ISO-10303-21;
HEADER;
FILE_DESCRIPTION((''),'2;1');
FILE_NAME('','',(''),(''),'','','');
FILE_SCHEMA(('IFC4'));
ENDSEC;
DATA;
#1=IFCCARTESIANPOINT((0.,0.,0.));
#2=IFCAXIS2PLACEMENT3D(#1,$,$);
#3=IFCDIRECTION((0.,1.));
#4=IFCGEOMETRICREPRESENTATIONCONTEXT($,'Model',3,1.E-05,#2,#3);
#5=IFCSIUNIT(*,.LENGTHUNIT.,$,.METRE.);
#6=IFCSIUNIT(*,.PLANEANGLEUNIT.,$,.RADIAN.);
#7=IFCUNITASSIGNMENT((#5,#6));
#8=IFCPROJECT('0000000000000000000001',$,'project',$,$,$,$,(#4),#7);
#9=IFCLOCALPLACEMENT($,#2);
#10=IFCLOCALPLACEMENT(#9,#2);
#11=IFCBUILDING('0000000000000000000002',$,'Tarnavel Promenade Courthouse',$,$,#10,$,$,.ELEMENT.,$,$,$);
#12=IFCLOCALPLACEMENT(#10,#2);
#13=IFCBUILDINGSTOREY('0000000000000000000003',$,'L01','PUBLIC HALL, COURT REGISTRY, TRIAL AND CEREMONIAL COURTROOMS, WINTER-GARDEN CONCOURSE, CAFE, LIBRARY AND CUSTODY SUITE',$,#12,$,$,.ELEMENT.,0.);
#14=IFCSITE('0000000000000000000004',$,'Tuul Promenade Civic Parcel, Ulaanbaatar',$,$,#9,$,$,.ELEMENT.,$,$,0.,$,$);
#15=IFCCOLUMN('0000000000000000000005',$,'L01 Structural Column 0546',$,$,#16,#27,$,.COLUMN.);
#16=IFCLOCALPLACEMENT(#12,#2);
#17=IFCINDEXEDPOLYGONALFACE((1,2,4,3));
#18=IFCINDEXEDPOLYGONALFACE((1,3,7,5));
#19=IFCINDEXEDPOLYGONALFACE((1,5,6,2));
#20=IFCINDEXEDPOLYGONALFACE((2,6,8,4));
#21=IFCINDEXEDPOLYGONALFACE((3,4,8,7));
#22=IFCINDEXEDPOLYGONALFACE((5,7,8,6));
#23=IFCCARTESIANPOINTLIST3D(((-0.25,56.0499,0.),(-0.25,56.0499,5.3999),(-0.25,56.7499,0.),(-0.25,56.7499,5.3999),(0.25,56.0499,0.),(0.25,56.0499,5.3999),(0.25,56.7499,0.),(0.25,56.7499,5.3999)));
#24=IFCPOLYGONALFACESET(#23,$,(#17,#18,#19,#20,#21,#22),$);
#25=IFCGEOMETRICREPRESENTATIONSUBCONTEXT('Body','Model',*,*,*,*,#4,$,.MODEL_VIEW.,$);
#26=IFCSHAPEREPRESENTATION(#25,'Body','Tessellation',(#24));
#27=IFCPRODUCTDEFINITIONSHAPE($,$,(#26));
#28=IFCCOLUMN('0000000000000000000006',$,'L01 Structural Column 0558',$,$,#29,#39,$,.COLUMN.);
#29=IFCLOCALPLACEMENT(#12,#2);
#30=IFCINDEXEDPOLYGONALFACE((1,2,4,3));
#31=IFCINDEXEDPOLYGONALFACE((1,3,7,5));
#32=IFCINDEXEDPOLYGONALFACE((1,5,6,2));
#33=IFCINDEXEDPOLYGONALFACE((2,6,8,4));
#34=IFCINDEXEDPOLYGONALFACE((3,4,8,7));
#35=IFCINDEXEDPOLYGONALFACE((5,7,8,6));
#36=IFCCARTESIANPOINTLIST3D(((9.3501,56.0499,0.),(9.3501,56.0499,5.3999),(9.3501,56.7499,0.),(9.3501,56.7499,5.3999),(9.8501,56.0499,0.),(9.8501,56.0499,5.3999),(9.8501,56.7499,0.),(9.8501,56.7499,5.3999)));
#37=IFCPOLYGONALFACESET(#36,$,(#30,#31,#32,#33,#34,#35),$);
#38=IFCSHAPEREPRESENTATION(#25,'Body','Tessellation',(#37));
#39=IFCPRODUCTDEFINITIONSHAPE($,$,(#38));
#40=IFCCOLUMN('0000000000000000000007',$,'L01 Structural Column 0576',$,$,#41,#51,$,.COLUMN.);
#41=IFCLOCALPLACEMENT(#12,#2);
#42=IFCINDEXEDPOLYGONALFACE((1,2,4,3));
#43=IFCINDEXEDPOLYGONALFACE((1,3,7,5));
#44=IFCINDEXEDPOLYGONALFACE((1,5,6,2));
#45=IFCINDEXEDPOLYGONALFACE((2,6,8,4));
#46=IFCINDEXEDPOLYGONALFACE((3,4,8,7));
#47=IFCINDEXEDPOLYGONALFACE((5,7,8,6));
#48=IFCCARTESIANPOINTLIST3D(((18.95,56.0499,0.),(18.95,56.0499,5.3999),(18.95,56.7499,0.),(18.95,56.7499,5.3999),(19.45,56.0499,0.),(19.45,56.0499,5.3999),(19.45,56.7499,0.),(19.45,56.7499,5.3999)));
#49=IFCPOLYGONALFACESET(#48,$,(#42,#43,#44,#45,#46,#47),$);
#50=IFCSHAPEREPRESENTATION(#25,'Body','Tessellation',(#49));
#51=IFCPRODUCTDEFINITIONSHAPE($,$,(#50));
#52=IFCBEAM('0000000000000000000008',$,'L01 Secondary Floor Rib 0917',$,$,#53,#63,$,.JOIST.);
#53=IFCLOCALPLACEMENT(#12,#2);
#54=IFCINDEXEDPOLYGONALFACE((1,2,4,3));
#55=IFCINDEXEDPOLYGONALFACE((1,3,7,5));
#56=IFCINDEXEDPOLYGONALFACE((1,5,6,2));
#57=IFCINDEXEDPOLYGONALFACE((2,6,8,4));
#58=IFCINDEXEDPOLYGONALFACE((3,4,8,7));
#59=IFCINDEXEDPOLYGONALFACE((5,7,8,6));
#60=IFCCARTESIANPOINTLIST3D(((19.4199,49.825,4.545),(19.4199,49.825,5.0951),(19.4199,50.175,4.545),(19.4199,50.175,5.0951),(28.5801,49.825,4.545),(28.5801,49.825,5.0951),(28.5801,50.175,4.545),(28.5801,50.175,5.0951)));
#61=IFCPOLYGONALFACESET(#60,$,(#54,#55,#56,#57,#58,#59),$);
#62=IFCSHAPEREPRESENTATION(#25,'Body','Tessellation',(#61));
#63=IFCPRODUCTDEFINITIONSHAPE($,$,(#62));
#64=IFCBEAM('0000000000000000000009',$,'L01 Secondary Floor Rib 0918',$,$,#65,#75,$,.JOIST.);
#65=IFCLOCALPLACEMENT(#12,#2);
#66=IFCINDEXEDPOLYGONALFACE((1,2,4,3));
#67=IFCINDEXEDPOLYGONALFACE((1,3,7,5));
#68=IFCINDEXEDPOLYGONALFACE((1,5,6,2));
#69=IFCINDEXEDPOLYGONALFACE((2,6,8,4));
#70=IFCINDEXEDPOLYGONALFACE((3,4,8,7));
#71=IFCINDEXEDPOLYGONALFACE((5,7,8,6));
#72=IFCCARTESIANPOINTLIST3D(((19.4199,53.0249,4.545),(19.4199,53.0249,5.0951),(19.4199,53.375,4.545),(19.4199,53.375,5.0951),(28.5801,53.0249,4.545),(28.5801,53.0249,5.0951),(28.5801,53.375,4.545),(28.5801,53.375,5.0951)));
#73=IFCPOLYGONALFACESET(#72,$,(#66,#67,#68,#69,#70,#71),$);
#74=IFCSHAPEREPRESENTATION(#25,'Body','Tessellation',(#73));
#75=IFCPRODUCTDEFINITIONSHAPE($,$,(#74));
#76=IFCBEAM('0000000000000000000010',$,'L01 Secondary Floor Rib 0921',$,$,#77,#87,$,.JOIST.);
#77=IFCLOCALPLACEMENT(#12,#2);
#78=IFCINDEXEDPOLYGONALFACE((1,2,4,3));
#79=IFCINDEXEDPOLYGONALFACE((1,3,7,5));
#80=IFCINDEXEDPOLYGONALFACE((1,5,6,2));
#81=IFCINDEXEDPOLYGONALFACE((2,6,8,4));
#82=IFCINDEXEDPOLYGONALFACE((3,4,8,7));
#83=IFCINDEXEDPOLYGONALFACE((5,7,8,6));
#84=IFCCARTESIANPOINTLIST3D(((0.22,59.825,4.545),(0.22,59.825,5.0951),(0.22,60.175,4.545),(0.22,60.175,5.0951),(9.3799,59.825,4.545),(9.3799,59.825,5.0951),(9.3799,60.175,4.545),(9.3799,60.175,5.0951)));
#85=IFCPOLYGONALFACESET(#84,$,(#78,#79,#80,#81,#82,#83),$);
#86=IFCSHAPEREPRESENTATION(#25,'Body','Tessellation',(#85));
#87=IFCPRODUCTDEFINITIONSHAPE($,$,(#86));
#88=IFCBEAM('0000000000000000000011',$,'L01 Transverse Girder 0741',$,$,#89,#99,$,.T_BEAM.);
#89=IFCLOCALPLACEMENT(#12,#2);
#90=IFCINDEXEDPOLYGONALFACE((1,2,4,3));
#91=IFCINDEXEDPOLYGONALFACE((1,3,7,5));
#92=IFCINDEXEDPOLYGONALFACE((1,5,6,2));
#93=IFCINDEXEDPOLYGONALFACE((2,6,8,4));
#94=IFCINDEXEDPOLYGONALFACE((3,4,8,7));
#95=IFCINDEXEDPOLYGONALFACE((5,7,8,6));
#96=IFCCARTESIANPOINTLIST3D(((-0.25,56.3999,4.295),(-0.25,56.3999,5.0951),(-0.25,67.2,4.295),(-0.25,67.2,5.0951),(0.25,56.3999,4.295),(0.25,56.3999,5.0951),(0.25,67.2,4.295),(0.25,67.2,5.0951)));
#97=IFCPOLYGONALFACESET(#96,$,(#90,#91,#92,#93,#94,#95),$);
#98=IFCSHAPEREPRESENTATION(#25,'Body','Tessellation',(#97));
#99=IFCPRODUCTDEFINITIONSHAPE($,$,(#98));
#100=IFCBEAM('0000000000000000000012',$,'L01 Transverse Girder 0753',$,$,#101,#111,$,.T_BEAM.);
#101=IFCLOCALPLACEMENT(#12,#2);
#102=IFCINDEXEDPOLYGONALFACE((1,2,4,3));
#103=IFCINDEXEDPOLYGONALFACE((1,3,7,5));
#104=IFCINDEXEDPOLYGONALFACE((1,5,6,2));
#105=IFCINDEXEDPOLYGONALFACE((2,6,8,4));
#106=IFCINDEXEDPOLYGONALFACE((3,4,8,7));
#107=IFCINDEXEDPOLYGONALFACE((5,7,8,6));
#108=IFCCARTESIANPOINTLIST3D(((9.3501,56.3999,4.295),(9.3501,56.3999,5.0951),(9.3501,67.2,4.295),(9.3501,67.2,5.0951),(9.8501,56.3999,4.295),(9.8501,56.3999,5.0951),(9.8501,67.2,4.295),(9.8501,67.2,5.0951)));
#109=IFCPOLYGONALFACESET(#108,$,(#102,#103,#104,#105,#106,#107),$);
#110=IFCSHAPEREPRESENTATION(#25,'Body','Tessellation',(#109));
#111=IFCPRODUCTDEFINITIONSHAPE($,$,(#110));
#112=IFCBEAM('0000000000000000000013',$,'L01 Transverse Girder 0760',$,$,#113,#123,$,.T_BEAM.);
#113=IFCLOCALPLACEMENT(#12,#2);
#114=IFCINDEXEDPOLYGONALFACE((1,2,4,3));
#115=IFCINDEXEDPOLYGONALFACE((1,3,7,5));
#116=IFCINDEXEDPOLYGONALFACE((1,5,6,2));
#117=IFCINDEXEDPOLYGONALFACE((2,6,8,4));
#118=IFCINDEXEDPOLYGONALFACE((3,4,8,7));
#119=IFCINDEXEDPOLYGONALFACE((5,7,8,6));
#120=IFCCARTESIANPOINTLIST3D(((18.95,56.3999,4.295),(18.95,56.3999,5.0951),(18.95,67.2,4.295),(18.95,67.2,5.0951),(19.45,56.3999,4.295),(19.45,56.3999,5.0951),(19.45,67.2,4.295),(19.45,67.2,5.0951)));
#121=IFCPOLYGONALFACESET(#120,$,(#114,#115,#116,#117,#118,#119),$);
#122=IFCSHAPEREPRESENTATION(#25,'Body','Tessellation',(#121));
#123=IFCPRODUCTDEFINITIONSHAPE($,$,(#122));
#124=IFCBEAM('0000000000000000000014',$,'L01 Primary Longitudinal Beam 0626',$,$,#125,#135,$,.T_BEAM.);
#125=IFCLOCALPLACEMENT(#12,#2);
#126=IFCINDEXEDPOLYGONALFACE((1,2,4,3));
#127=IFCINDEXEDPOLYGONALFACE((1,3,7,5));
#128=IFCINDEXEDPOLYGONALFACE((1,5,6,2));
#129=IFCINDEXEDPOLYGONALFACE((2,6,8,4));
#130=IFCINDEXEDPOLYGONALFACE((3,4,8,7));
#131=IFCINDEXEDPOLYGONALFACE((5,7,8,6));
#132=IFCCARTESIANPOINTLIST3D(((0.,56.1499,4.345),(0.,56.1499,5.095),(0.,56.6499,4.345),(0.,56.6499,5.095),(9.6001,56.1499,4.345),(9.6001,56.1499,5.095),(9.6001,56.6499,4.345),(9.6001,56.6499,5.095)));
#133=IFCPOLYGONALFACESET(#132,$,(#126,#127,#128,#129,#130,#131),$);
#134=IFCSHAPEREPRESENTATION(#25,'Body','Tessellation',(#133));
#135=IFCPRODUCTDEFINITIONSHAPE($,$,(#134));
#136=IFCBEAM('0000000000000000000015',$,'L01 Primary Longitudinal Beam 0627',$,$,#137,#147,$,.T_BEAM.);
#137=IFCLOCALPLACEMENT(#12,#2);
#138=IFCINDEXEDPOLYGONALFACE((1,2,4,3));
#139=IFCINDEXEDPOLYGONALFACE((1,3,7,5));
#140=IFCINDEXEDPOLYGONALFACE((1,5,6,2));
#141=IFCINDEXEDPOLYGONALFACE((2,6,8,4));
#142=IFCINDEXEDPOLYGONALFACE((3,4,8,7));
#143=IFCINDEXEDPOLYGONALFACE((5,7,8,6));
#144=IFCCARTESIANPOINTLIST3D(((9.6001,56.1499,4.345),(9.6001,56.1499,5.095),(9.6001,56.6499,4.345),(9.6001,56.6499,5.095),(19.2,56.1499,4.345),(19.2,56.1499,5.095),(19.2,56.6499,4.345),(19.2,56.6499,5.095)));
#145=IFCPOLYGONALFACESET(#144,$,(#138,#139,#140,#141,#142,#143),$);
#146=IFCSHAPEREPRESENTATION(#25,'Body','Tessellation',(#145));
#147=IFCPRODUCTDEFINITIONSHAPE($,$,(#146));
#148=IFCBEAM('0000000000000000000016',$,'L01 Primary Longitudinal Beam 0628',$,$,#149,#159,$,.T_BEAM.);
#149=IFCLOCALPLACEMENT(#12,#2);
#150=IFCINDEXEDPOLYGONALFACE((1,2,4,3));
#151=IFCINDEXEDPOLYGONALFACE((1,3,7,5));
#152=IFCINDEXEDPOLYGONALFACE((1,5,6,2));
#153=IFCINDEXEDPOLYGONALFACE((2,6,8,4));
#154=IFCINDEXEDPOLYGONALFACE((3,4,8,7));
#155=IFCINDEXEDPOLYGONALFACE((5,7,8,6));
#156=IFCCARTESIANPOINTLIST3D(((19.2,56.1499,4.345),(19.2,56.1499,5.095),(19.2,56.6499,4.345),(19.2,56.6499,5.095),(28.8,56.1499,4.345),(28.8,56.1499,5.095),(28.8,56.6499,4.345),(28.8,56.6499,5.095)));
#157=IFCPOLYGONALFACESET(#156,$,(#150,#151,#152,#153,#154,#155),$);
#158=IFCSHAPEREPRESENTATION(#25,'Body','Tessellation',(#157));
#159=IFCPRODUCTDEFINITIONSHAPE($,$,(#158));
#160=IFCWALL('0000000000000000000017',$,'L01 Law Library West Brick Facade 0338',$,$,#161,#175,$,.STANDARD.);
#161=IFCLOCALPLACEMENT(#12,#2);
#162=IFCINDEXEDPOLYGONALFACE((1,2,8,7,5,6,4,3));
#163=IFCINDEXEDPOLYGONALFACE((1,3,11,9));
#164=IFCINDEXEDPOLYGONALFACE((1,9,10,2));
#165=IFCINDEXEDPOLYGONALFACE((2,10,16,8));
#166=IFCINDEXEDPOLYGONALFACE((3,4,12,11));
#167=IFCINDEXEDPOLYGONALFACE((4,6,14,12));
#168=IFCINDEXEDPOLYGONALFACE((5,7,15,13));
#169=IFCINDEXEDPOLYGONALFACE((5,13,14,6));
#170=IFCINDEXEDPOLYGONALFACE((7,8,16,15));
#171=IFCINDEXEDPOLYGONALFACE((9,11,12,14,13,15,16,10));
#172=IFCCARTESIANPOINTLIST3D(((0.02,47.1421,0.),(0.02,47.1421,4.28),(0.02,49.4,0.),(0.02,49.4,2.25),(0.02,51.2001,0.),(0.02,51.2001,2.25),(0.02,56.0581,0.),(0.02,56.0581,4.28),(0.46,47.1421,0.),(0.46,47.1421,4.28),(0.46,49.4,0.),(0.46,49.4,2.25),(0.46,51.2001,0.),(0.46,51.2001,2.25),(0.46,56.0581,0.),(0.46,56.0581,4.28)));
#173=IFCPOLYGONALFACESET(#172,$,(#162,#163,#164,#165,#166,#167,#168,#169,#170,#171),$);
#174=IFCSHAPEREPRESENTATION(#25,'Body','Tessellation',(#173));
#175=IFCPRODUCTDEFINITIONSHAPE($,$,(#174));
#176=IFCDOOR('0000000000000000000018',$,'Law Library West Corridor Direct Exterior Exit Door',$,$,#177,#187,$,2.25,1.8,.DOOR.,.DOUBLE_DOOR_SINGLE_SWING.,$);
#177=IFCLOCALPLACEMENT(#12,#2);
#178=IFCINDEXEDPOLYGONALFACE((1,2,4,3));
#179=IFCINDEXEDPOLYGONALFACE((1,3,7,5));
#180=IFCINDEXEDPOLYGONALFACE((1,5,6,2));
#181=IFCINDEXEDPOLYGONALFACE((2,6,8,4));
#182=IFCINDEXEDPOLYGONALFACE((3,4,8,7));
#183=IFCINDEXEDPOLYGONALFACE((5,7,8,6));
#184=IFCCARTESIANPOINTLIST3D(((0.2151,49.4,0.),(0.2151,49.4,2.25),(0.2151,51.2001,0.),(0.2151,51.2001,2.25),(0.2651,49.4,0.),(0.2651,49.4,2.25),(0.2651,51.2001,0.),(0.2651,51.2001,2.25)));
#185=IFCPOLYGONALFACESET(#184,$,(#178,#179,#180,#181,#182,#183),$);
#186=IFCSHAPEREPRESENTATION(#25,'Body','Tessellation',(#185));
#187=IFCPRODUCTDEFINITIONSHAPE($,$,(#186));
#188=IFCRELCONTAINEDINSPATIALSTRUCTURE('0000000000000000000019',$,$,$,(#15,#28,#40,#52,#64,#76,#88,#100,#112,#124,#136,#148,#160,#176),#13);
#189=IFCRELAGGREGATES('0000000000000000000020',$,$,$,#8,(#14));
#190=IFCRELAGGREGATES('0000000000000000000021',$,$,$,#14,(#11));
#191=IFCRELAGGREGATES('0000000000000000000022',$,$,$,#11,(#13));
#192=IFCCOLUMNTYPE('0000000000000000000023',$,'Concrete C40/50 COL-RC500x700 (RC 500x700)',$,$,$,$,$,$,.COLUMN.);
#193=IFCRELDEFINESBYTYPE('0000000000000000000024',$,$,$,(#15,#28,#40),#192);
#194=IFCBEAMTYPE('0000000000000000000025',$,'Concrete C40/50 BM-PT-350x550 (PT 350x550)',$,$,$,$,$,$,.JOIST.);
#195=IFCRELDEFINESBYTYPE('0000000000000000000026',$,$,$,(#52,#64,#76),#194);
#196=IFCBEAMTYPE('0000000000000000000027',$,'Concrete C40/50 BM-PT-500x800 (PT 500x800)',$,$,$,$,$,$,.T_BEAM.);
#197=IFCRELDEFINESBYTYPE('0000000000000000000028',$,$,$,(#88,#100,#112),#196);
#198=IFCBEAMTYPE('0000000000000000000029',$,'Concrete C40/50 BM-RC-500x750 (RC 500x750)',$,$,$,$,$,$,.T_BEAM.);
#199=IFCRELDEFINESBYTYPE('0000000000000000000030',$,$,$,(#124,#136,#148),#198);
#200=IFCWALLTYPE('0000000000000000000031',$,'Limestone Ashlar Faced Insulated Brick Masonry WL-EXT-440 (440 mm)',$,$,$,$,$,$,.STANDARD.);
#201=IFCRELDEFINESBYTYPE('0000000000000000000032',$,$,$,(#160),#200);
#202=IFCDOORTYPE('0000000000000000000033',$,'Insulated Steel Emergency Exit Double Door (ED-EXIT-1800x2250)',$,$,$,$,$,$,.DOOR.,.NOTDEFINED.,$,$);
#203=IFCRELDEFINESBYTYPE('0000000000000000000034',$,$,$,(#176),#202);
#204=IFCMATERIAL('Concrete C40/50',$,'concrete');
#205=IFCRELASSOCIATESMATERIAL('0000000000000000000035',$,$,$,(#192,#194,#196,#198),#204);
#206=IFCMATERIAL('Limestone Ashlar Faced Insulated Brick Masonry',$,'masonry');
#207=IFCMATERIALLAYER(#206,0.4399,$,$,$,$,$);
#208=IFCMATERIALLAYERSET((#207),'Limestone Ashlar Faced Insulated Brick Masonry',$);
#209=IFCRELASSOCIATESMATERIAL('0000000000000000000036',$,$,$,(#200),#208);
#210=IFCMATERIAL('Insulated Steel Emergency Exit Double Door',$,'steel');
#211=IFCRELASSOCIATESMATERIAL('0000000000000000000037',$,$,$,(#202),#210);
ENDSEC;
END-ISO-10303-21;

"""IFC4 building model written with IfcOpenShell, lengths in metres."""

from ifc_helpers import new_model, si_unit, direction, frame, frame_2d, origin, origin_2d, place, context, subcontext, project, spatial, rectangle, extrude, material, layer, layer_set, material_profile, profile_set, type_object, element, fill, save


model = new_model("IFC4")

# Units and contexts
model_context = context("Model", 3, precision=1e-05, world=origin(), true_north=direction((0.0, 1.0)))
body_context = subcontext(model_context, "Body", "Model", "MODEL_VIEW")
ifc_project = project(units=[si_unit("LENGTHUNIT", "METRE"), si_unit("PLANEANGLEUNIT", "RADIAN")], contexts=[model_context])

# Site, building, storey
site_placement = place(None, origin())
site = spatial("IfcSite", under=ifc_project, at=site_placement, Name="Tuul Promenade Civic Parcel, Ulaanbaatar", CompositionType="ELEMENT", RefElevation=0.0)
building_placement = place(site_placement, origin())
building = spatial("IfcBuilding", under=site, at=building_placement, Name="Tarnavel Promenade Courthouse", CompositionType="ELEMENT")
storey_placement = place(building_placement, origin())
storey = spatial("IfcBuildingStorey", under=building, at=storey_placement, Name="L01", Description="PUBLIC HALL, COURT REGISTRY, TRIAL AND CEREMONIAL COURTROOMS, WINTER-GARDEN CONCOURSE, CAFE, LIBRARY AND CUSTODY SUITE", CompositionType="ELEMENT", Elevation=0.0)

# Columns
ifc_material_1 = material(Name="Concrete C40/50", Category="concrete")
ifc_material_profile_1 = material_profile(ifc_material_1, rectangle(XDim=0.5, YDim=0.7, at=origin_2d()), Name="RC 500x700")
ifc_profile_set_1 = profile_set([ifc_material_profile_1], Name="Concrete C40/50")
column_type = type_object("IfcColumnType", Name="Concrete C40/50 COL-RC500x700 (RC 500x700)", PredefinedType="COLUMN", material=ifc_profile_set_1)
for number, where, z_axis, x_axis, name in (
    (1, (0.0, 56.3999, 0.0), (0.0, 0.0, 1.0), (1.0, 0.0, 0.0), "L01 Structural Column 0546"),
    (2, (9.6001, 56.3999, 0.0), (0.0, 0.0, 1.0), (1.0, 0.0, 0.0), "L01 Structural Column 0558"),
    (3, (19.2, 56.3999, 0.0), (0.0, 0.0, 1.0), (1.0, 0.0, 0.0), "L01 Structural Column 0576"),
):
    element("IfcColumn", number, at=place(storey_placement, frame(where, z_axis=z_axis, x_axis=x_axis)), inside=storey, type_object=column_type, Name=name, PredefinedType="COLUMN", context=body_context, shape_type="SweptSolid", body=[
        extrude(rectangle(XDim=0.5, YDim=0.7, at=origin_2d()), origin(), (0.0, 0.0, 1.0), 5.3999),
    ])

# Beams
ifc_material_profile_2 = material_profile(ifc_material_1, rectangle(XDim=0.3501, YDim=0.55, at=origin_2d()), Name="PT 350x550")
ifc_profile_set_2 = profile_set([ifc_material_profile_2], Name="Concrete C40/50")
beam_type_1 = type_object("IfcBeamType", Name="Concrete C40/50 BM-PT-350x550 (PT 350x550)", PredefinedType="JOIST", material=ifc_profile_set_2)
for number, where, z_axis, x_axis, name in (
    (4, (19.4199, 50.0, 4.8201), (1.0, 0.0, 0.0), (0.0, 1.0, 0.0), "L01 Secondary Floor Rib 0917"),
    (5, (19.4199, 53.2, 4.8201), (1.0, 0.0, 0.0), (0.0, 1.0, 0.0), "L01 Secondary Floor Rib 0918"),
):
    element("IfcBeam", number, at=place(storey_placement, frame(where, z_axis=z_axis, x_axis=x_axis)), inside=storey, type_object=beam_type_1, Name=name, PredefinedType="JOIST", context=body_context, shape_type="SweptSolid", body=[
        extrude(rectangle(XDim=0.3501, YDim=0.55, at=origin_2d()), origin(), (0.0, 0.0, 1.0), 9.1602),
    ])
beam_1_placement = place(storey_placement, frame((0.22, 60.0, 4.8201), z_axis=(1.0, 0.0, 0.0), x_axis=(0.0, 1.0, 0.0)))
element("IfcBeam", 6, at=beam_1_placement, inside=storey, type_object=beam_type_1, Name="L01 Secondary Floor Rib 0921", PredefinedType="JOIST", context=body_context, shape_type="SweptSolid", body=[
    extrude(rectangle(XDim=0.3501, YDim=0.55, at=origin_2d()), origin(), (0.0, 0.0, 1.0), 9.1599),
])
ifc_material_profile_3 = material_profile(ifc_material_1, rectangle(XDim=0.5, YDim=0.8, at=origin_2d()), Name="PT 500x800")
ifc_profile_set_3 = profile_set([ifc_material_profile_3], Name="Concrete C40/50")
beam_type_2 = type_object("IfcBeamType", Name="Concrete C40/50 BM-PT-500x800 (PT 500x800)", PredefinedType="T_BEAM", material=ifc_profile_set_3)
for number, where, z_axis, x_axis, name in (
    (7, (0.0, 56.3999, 4.6951), (0.0, 1.0, 0.0), (-1.0, 0.0, 0.0), "L01 Transverse Girder 0741"),
    (8, (9.6001, 56.3999, 4.6951), (0.0, 1.0, 0.0), (-1.0, 0.0, 0.0), "L01 Transverse Girder 0753"),
    (9, (19.2, 56.3999, 4.6951), (0.0, 1.0, 0.0), (-1.0, 0.0, 0.0), "L01 Transverse Girder 0760"),
):
    element("IfcBeam", number, at=place(storey_placement, frame(where, z_axis=z_axis, x_axis=x_axis)), inside=storey, type_object=beam_type_2, Name=name, PredefinedType="T_BEAM", context=body_context, shape_type="SweptSolid", body=[
        extrude(rectangle(XDim=0.5, YDim=0.8, at=origin_2d()), origin(), (0.0, 0.0, 1.0), 10.8),
    ])
ifc_material_profile_4 = material_profile(ifc_material_1, rectangle(XDim=0.5, YDim=0.75, at=origin_2d()), Name="RC 500x750")
ifc_profile_set_4 = profile_set([ifc_material_profile_4], Name="Concrete C40/50")
beam_type_3 = type_object("IfcBeamType", Name="Concrete C40/50 BM-RC-500x750 (RC 500x750)", PredefinedType="T_BEAM", material=ifc_profile_set_4)
beam_2_placement = place(storey_placement, frame((0.0, 56.3999, 4.72), z_axis=(1.0, 0.0, 0.0), x_axis=(0.0, 1.0, 0.0)))
element("IfcBeam", 10, at=beam_2_placement, inside=storey, type_object=beam_type_3, Name="L01 Primary Longitudinal Beam 0626", PredefinedType="T_BEAM", context=body_context, shape_type="SweptSolid", body=[
    extrude(rectangle(XDim=0.5, YDim=0.75, at=origin_2d()), origin(), (0.0, 0.0, 1.0), 9.6001),
])
beam_3_placement = place(storey_placement, frame((9.6001, 56.3999, 4.72), z_axis=(1.0, 0.0, 0.0), x_axis=(0.0, 1.0, 0.0)))
element("IfcBeam", 11, at=beam_3_placement, inside=storey, type_object=beam_type_3, Name="L01 Primary Longitudinal Beam 0627", PredefinedType="T_BEAM", context=body_context, shape_type="SweptSolid", body=[
    extrude(rectangle(XDim=0.5, YDim=0.75, at=origin_2d()), origin(), (0.0, 0.0, 1.0), 9.5999),
])
beam_4_placement = place(storey_placement, frame((19.2, 56.3999, 4.72), z_axis=(1.0, 0.0, 0.0), x_axis=(0.0, 1.0, 0.0)))
element("IfcBeam", 12, at=beam_4_placement, inside=storey, type_object=beam_type_3, Name="L01 Primary Longitudinal Beam 0628", PredefinedType="T_BEAM", context=body_context, shape_type="SweptSolid", body=[
    extrude(rectangle(XDim=0.5, YDim=0.75, at=origin_2d()), origin(), (0.0, 0.0, 1.0), 9.6001),
])

# Wall, opening, door
ifc_material_2 = material(Name="Limestone Ashlar Faced Insulated Brick Masonry", Category="masonry")
ifc_layer_1 = layer(ifc_material_2, 0.4399)
ifc_layer_set_1 = layer_set([ifc_layer_1], Name="Limestone Ashlar Faced Insulated Brick Masonry")
wall_type_1 = type_object("IfcWallType", Name="Limestone Ashlar Faced Insulated Brick Masonry WL-EXT-440 (440 mm)", PredefinedType="STANDARD", material=ifc_layer_set_1)
wall_1_placement = place(storey_placement, frame((0.24, 47.1421, 0.0), z_axis=(0.0, 0.0, 1.0), x_axis=(0.0, 1.0, 0.0)))
wall_1 = element("IfcWall", 13, at=wall_1_placement, inside=storey, type_object=wall_type_1, Name="L01 Law Library West Brick Facade 0338", PredefinedType="STANDARD", context=body_context, shape_type="SweptSolid", body=[
    extrude(rectangle(XDim=8.916, YDim=0.4399, at=frame_2d((4.458, 0.0))), origin(), (0.0, 0.0, 1.0), 4.28),
])
opening_1_placement = place(wall_1_placement, frame((2.2581, 0.0, 0.0)))
opening_1 = element("IfcOpeningElement", 14, at=opening_1_placement, cuts=wall_1, PredefinedType="OPENING", context=body_context, shape_type="SweptSolid", body=[
    extrude(rectangle(XDim=1.8, YDim=2.25, at=frame_2d((0.8999, 1.125))), frame((0.0, 0.23, 0.0), z_axis=(0.0, -1.0, 0.0), x_axis=(1.0, 0.0, 0.0)), (0.0, 0.0, 1.0), 0.46),
])
ifc_material_3 = material(Name="Insulated Steel Emergency Exit Double Door", Category="steel")
door_type_1 = type_object("IfcDoorType", Name="Insulated Steel Emergency Exit Double Door (ED-EXIT-1800x2250)", OperationType="NOTDEFINED", PredefinedType="DOOR", material=ifc_material_3)
door_1_placement = place(opening_1_placement, origin())
door_1 = element("IfcDoor", 15, at=door_1_placement, inside=storey, type_object=door_type_1, Name="Law Library West Corridor Direct Exterior Exit Door", OperationType="DOUBLE_DOOR_SINGLE_SWING", OverallHeight=2.25, OverallWidth=1.8, PredefinedType="DOOR", context=body_context, shape_type="SweptSolid", body=[
    extrude(rectangle(XDim=1.8, YDim=2.25, at=frame_2d((0.8999, 1.125))), frame((0.0, 0.0249, 0.0), z_axis=(0.0, -1.0, 0.0), x_axis=(1.0, 0.0, 0.0)), (0.0, 0.0, 1.0), 0.05),
])
fill(opening_1, door_1)

save(model, "model.ifc")
